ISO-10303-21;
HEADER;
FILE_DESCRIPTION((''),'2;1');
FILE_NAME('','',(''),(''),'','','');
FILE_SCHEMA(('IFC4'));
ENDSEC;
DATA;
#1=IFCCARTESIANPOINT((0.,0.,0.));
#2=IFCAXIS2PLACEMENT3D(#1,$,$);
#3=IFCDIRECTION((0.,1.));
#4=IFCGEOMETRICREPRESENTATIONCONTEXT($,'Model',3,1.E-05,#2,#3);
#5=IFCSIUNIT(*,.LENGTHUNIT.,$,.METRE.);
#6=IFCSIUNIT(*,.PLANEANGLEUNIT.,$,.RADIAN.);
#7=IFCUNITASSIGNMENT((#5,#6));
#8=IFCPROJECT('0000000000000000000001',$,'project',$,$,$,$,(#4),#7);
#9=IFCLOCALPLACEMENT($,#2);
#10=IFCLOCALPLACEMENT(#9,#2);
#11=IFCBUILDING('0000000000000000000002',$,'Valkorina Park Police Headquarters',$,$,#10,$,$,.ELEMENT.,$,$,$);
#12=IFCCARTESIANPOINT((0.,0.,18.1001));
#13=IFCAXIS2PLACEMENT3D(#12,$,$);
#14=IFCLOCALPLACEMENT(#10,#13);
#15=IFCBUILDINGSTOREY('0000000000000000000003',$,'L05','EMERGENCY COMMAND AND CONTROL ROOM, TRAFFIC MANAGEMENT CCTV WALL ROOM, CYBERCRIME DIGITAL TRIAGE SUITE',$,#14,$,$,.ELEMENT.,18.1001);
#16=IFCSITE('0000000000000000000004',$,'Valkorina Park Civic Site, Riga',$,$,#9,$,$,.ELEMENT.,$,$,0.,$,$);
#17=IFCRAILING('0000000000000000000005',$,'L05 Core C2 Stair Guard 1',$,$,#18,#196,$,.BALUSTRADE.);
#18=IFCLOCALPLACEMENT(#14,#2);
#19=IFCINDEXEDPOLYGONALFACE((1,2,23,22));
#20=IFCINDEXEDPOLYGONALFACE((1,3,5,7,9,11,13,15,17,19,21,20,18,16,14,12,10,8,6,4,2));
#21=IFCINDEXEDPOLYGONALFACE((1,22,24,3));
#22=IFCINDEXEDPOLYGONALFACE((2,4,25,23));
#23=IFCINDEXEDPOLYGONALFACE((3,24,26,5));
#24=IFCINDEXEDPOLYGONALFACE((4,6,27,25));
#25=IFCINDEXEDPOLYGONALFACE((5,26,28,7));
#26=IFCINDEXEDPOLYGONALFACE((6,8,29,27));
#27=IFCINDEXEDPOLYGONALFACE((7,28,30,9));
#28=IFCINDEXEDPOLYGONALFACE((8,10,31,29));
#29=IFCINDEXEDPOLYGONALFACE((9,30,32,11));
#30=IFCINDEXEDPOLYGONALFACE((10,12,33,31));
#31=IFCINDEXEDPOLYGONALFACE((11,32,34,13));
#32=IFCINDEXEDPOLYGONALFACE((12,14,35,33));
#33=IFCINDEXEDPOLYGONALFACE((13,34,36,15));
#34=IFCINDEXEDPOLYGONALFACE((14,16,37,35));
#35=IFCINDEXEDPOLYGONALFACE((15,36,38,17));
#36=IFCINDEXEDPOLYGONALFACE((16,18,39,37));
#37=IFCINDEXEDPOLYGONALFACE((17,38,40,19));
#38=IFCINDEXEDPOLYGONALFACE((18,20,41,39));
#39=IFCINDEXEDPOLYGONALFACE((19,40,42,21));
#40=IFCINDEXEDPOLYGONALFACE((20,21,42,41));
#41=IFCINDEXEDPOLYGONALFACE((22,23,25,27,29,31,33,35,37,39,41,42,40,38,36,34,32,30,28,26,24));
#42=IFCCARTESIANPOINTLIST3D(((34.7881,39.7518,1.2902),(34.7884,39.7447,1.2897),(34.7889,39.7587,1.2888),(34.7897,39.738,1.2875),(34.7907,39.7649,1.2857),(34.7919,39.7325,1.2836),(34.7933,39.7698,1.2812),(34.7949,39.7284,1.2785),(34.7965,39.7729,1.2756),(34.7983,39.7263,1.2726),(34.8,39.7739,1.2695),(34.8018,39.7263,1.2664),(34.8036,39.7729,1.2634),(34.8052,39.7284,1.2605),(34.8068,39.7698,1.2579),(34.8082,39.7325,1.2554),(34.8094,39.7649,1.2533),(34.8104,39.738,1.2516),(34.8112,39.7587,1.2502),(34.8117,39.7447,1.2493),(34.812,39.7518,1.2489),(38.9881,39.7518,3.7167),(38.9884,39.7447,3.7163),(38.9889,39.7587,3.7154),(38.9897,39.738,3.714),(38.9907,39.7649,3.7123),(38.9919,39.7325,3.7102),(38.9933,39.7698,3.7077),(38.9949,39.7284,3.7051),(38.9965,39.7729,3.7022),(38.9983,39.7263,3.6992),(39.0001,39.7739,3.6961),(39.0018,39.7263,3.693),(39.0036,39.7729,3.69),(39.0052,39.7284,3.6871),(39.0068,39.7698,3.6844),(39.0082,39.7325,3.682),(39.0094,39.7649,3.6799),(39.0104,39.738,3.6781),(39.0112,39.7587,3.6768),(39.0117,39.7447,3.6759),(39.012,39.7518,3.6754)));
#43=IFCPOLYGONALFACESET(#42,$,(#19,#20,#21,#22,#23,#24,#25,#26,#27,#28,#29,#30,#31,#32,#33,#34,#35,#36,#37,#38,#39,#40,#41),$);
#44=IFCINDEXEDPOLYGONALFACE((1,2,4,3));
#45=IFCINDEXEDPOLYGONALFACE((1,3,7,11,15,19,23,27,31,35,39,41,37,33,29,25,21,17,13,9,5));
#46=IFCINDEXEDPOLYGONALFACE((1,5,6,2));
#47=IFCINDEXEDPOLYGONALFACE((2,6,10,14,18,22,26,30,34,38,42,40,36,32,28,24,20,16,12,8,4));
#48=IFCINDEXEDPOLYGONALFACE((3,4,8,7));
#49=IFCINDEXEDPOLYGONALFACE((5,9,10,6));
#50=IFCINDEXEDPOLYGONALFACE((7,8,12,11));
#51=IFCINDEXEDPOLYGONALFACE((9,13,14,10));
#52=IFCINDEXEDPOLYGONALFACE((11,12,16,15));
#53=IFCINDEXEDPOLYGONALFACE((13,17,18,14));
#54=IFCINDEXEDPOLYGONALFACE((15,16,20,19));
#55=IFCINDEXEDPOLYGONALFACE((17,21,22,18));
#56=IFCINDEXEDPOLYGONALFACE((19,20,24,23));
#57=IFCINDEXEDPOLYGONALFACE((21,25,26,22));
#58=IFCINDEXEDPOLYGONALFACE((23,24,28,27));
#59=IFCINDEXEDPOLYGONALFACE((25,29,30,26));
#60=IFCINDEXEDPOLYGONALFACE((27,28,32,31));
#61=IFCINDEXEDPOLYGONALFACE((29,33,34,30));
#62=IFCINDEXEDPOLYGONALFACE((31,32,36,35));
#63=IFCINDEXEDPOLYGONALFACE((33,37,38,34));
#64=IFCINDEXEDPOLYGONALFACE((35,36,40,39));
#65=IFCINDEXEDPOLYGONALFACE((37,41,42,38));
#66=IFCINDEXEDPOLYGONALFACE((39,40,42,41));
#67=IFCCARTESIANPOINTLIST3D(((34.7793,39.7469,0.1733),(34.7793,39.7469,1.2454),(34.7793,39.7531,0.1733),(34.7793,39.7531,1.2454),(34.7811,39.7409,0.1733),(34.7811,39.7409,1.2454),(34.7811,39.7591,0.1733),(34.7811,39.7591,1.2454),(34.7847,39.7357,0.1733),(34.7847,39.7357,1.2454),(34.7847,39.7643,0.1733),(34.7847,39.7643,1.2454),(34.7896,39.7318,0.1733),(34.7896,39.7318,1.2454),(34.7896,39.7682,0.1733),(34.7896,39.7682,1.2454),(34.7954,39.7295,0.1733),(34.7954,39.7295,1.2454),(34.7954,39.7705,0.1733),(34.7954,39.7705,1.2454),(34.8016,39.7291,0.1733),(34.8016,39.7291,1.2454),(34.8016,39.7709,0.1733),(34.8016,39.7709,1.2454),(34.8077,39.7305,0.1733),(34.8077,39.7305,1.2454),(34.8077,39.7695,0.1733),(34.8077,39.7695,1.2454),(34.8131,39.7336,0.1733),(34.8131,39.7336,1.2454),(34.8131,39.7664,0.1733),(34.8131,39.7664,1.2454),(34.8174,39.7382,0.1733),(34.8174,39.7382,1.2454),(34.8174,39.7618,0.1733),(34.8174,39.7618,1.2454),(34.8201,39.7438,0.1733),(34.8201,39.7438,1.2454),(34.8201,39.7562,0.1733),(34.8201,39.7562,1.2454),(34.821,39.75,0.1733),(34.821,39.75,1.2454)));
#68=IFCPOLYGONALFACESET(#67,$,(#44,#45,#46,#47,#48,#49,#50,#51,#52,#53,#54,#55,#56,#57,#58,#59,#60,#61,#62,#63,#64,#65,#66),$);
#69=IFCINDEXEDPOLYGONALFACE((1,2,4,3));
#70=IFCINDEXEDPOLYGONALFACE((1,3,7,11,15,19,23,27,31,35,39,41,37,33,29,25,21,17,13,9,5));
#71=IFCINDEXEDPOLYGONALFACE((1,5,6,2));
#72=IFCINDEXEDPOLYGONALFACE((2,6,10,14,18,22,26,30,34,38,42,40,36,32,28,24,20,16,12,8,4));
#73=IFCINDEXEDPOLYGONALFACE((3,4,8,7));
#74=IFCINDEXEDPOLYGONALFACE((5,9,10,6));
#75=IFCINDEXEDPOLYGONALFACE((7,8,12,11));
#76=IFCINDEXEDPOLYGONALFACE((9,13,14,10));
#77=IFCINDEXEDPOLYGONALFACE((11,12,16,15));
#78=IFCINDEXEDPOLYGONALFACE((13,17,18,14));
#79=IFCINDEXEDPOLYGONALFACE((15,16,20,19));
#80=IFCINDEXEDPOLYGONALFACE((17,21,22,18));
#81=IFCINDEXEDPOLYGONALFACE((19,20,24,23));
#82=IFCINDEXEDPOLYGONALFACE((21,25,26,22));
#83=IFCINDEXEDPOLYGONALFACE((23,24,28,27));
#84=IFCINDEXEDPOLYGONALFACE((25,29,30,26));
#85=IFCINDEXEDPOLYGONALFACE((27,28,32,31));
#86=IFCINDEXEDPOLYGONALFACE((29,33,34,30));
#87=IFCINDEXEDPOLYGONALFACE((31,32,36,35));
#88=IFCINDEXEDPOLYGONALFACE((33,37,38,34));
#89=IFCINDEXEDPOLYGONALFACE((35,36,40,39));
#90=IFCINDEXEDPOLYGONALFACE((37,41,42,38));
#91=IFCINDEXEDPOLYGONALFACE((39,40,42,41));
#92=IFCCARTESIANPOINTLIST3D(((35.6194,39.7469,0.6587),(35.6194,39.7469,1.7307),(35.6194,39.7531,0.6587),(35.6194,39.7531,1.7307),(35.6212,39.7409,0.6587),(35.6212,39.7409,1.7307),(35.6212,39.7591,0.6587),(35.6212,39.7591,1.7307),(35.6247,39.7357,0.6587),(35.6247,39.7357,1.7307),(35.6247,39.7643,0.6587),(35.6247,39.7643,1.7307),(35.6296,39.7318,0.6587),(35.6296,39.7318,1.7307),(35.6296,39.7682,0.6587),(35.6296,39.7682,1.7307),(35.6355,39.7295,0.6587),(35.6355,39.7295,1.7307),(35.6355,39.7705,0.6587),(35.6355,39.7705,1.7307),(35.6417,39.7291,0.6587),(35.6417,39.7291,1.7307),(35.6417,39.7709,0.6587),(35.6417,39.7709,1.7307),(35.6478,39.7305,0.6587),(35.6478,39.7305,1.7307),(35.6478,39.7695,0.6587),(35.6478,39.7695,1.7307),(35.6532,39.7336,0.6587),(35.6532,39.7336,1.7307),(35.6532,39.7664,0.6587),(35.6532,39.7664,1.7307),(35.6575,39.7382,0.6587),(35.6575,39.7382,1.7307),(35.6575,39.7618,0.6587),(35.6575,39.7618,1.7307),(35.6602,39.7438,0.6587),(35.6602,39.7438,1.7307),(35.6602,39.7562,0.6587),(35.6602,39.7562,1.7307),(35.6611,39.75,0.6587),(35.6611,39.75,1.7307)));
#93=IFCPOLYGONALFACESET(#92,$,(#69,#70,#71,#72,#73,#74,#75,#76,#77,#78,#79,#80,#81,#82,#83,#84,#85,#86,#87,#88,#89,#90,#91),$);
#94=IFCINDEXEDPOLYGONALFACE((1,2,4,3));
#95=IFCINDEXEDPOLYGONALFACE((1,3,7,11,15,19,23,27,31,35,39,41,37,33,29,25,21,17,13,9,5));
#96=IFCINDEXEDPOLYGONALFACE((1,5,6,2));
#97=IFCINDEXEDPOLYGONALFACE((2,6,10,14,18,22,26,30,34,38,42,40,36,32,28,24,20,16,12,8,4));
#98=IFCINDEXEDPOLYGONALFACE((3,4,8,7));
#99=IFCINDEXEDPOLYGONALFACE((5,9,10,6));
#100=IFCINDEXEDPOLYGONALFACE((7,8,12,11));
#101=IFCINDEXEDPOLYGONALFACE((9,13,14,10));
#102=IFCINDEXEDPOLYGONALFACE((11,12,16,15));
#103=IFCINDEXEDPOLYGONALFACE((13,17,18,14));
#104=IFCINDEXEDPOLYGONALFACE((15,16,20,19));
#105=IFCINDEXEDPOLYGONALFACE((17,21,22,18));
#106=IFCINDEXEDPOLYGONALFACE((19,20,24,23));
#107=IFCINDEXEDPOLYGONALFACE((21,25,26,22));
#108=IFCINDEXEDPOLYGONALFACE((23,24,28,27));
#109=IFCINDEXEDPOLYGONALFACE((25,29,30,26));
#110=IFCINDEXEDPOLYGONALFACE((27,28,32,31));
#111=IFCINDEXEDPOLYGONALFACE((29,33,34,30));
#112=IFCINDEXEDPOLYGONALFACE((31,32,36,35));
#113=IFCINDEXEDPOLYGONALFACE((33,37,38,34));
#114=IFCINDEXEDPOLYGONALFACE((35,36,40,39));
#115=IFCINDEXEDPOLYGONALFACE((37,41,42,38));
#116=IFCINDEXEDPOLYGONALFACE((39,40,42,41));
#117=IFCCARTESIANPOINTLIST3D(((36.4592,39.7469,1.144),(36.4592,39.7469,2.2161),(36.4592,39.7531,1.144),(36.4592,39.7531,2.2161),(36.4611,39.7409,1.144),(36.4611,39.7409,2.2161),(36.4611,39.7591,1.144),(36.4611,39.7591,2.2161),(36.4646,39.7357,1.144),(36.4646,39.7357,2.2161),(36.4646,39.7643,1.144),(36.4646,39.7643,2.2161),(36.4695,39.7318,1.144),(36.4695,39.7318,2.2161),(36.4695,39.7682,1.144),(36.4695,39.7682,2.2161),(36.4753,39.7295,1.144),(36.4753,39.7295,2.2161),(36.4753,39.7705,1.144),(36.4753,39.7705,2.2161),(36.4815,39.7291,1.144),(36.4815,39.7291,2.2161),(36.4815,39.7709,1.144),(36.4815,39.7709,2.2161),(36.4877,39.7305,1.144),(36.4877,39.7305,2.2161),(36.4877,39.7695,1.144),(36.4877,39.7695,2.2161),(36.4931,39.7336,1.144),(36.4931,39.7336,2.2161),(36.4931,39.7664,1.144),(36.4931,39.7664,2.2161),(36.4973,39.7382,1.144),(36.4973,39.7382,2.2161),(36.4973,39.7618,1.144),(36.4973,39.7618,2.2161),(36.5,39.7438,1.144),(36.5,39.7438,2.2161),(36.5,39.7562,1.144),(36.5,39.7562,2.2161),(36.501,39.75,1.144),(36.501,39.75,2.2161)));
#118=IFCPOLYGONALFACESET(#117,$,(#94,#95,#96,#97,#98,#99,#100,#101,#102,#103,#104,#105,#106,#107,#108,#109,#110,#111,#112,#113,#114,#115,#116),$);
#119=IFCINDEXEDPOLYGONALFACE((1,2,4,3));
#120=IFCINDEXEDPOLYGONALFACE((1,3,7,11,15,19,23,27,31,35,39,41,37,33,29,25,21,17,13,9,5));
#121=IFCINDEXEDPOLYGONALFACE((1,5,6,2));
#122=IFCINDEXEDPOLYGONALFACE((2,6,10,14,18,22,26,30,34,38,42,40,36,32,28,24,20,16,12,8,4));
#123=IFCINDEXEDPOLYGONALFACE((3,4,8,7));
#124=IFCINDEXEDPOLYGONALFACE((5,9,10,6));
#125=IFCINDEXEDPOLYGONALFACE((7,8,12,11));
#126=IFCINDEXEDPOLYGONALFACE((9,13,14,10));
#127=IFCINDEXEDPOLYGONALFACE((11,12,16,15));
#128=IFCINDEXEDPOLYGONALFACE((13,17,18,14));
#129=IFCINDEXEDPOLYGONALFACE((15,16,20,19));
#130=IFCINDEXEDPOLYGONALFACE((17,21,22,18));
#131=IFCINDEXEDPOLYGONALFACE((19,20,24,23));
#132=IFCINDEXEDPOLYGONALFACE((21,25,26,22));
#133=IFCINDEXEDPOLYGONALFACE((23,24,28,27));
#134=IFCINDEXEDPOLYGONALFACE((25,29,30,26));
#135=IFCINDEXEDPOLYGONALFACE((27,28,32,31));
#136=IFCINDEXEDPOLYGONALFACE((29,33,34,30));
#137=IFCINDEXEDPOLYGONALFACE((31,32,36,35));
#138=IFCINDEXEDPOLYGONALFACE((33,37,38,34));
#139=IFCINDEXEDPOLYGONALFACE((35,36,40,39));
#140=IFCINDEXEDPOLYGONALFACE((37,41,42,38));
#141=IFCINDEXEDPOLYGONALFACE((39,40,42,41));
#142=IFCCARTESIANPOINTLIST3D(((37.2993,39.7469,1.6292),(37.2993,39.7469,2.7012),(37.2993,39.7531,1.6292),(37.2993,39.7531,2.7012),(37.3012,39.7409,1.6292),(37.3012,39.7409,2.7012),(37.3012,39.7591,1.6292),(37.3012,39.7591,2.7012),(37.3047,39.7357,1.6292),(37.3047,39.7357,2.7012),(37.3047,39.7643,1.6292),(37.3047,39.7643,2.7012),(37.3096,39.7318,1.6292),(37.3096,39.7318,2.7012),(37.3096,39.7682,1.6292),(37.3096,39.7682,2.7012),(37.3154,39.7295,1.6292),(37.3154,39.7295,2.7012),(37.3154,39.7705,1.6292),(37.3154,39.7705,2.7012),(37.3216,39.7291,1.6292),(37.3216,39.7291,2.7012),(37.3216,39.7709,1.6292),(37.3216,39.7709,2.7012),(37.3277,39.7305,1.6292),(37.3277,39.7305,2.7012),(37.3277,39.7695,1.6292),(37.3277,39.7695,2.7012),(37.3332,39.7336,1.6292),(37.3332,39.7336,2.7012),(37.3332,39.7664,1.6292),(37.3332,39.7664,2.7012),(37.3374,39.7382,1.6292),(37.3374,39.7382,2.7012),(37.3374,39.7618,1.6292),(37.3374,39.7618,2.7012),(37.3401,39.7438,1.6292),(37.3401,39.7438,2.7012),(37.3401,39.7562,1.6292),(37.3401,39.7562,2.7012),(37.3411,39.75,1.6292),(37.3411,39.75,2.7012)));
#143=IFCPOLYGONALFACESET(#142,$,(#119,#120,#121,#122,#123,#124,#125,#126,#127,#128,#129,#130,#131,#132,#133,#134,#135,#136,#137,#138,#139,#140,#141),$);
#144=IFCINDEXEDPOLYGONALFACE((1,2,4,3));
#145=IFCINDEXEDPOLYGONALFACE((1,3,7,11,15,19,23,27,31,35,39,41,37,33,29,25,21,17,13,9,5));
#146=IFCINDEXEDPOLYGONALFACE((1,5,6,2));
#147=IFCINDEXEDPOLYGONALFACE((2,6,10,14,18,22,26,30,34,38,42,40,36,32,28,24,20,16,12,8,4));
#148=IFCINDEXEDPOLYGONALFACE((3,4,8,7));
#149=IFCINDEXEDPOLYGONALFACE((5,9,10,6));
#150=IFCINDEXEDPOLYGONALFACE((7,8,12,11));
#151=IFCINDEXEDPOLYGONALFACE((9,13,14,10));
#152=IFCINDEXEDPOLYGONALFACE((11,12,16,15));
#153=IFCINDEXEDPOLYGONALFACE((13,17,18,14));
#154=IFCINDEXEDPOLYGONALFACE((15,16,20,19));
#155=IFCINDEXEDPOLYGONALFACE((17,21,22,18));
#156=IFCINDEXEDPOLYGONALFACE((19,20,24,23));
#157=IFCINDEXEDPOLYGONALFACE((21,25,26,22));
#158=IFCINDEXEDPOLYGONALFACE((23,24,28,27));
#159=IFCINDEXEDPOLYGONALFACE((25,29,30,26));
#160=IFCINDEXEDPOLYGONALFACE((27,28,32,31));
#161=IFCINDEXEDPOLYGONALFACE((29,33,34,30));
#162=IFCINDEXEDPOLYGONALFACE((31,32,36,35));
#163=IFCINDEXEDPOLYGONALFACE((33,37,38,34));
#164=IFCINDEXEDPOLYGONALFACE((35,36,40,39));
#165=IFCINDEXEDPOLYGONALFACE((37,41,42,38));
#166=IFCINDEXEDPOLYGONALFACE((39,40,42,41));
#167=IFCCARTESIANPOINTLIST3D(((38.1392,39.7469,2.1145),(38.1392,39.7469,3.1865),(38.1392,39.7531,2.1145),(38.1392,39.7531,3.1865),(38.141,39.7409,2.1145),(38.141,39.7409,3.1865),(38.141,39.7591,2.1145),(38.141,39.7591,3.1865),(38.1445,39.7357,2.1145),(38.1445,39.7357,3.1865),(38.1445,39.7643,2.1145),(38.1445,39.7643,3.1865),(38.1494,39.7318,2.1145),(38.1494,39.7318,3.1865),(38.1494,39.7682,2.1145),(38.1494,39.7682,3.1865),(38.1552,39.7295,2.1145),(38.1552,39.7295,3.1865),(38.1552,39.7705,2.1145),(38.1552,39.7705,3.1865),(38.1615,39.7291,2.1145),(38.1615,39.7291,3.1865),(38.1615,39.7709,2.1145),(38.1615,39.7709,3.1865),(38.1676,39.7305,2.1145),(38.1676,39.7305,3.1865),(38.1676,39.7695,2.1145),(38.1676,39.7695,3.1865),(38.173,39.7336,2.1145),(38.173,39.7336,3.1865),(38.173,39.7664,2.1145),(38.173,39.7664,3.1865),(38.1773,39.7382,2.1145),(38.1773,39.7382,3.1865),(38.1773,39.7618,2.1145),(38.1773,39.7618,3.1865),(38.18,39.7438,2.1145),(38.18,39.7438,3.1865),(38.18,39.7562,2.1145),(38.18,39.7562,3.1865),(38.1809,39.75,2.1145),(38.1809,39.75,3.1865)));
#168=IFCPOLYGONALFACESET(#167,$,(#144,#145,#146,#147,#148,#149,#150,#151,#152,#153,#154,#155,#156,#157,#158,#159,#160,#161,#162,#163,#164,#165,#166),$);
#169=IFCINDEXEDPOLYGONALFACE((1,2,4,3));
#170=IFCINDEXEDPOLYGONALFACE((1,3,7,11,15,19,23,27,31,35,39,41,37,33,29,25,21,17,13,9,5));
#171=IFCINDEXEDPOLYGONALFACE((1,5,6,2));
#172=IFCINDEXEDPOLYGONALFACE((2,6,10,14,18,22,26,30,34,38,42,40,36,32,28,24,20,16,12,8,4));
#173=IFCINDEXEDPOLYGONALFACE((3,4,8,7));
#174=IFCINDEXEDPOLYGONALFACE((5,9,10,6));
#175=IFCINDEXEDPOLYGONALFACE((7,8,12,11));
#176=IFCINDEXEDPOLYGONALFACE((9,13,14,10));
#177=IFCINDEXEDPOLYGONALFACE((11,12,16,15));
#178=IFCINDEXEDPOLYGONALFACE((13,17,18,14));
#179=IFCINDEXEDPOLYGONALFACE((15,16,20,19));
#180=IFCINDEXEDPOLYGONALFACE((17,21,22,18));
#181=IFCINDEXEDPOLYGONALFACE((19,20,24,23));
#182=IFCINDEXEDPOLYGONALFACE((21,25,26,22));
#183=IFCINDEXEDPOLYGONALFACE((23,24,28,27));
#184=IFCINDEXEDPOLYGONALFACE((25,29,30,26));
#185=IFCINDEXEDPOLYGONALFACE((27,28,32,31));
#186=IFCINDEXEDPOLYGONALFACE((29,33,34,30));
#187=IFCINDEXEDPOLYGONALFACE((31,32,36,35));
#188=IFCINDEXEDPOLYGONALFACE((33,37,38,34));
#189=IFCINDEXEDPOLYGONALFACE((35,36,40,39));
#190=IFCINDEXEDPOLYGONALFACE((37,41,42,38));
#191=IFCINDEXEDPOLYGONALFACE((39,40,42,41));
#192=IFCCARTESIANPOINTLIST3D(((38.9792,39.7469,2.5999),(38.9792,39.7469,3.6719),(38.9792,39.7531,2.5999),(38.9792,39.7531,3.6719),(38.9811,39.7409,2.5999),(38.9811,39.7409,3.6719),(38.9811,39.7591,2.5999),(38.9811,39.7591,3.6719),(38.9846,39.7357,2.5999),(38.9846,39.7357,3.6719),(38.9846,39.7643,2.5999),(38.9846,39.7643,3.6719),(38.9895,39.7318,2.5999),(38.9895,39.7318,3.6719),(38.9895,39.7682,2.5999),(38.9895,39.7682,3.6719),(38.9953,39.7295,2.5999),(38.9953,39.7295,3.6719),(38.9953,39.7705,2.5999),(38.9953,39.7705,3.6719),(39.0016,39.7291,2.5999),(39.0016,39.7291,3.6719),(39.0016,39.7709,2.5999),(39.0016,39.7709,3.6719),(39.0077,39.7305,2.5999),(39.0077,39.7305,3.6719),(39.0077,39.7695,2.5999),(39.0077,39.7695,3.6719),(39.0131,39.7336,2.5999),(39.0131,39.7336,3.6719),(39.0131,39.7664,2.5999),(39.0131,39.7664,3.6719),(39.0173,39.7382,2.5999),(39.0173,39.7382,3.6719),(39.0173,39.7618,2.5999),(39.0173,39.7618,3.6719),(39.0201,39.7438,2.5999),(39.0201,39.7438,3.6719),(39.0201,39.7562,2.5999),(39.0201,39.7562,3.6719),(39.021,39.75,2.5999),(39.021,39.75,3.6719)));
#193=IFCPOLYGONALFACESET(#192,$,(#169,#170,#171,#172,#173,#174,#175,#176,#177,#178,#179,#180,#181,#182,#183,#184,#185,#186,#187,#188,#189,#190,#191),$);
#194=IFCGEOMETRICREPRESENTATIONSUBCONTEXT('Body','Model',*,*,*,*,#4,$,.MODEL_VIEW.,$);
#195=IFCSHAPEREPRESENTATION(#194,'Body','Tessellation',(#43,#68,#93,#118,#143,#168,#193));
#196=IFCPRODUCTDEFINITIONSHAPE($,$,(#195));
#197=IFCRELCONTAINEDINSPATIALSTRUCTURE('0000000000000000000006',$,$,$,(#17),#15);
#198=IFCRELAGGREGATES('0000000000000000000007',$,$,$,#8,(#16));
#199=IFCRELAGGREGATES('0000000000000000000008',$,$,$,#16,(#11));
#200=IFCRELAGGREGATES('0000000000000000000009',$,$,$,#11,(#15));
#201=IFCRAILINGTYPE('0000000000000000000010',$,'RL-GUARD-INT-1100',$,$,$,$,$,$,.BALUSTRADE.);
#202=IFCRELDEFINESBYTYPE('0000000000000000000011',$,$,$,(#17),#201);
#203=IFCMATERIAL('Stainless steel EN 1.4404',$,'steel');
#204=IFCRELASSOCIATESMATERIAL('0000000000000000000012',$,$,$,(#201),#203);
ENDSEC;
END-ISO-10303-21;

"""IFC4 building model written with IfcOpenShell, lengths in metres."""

from ifc_helpers import new_model, si_unit, direction, frame, origin, origin_2d, place, context, subcontext, project, spatial, circle, extrude, material, type_object, element, save


model = new_model("IFC4")

# Units and contexts
model_context = context("Model", 3, precision=1e-05, world=origin(), true_north=direction((0.0, 1.0)))
body_context = subcontext(model_context, "Body", "Model", "MODEL_VIEW")
ifc_project = project(units=[si_unit("LENGTHUNIT", "METRE"), si_unit("PLANEANGLEUNIT", "RADIAN")], contexts=[model_context])

# Site, building, storey
site_placement = place(None, origin())
site = spatial("IfcSite", under=ifc_project, at=site_placement, Name="Valkorina Park Civic Site, Riga", CompositionType="ELEMENT", RefElevation=0.0)
building_placement = place(site_placement, origin())
building = spatial("IfcBuilding", under=site, at=building_placement, Name="Valkorina Park Police Headquarters", CompositionType="ELEMENT")
storey_placement = place(building_placement, frame((0.0, 0.0, 18.1001)))
storey = spatial("IfcBuildingStorey", under=building, at=storey_placement, Name="L05", Description="EMERGENCY COMMAND AND CONTROL ROOM, TRAFFIC MANAGEMENT CCTV WALL ROOM, CYBERCRIME DIGITAL TRIAGE SUITE", CompositionType="ELEMENT", Elevation=18.1001)

# Railing
ifc_material_1 = material(Name="Stainless steel EN 1.4404", Category="steel")
railing_type_1 = type_object("IfcRailingType", Name="RL-GUARD-INT-1100", PredefinedType="BALUSTRADE", material=ifc_material_1)
railing_1_placement = place(storey_placement, frame((34.8, 39.75, 0.1733)))
element("IfcRailing", 1, at=railing_1_placement, inside=storey, type_object=railing_type_1, Name="L05 Core C2 Stair Guard 1", PredefinedType="BALUSTRADE", context=body_context, shape_type="SweptSolid", body=[
    extrude(circle(Radius=0.0239, at=origin_2d()), frame((0.0, 0.0, 1.0962), z_axis=(0.865876, 0.0, 0.500258), x_axis=(0.0, 1.0, 0.0)), (0.0, 0.0, 1.0), 4.8506),
    extrude(circle(Radius=0.021, at=origin_2d()), origin(), (0.0, 0.0, 1.0), 1.072),
    extrude(circle(Radius=0.021, at=origin_2d()), frame((0.8401, 0.0, 0.4854)), (0.0, 0.0, 1.0), 1.072),
    extrude(circle(Radius=0.021, at=origin_2d()), frame((1.6799, 0.0, 0.9707)), (0.0, 0.0, 1.0), 1.072),
    extrude(circle(Radius=0.021, at=origin_2d()), frame((2.52, 0.0, 1.4558)), (0.0, 0.0, 1.0), 1.072),
    extrude(circle(Radius=0.021, at=origin_2d()), frame((3.3599, 0.0, 1.9412)), (0.0, 0.0, 1.0), 1.072),
    extrude(circle(Radius=0.021, at=origin_2d()), frame((4.2, 0.0, 2.4265)), (0.0, 0.0, 1.0), 1.072),
])

save(model, "model.ifc")
